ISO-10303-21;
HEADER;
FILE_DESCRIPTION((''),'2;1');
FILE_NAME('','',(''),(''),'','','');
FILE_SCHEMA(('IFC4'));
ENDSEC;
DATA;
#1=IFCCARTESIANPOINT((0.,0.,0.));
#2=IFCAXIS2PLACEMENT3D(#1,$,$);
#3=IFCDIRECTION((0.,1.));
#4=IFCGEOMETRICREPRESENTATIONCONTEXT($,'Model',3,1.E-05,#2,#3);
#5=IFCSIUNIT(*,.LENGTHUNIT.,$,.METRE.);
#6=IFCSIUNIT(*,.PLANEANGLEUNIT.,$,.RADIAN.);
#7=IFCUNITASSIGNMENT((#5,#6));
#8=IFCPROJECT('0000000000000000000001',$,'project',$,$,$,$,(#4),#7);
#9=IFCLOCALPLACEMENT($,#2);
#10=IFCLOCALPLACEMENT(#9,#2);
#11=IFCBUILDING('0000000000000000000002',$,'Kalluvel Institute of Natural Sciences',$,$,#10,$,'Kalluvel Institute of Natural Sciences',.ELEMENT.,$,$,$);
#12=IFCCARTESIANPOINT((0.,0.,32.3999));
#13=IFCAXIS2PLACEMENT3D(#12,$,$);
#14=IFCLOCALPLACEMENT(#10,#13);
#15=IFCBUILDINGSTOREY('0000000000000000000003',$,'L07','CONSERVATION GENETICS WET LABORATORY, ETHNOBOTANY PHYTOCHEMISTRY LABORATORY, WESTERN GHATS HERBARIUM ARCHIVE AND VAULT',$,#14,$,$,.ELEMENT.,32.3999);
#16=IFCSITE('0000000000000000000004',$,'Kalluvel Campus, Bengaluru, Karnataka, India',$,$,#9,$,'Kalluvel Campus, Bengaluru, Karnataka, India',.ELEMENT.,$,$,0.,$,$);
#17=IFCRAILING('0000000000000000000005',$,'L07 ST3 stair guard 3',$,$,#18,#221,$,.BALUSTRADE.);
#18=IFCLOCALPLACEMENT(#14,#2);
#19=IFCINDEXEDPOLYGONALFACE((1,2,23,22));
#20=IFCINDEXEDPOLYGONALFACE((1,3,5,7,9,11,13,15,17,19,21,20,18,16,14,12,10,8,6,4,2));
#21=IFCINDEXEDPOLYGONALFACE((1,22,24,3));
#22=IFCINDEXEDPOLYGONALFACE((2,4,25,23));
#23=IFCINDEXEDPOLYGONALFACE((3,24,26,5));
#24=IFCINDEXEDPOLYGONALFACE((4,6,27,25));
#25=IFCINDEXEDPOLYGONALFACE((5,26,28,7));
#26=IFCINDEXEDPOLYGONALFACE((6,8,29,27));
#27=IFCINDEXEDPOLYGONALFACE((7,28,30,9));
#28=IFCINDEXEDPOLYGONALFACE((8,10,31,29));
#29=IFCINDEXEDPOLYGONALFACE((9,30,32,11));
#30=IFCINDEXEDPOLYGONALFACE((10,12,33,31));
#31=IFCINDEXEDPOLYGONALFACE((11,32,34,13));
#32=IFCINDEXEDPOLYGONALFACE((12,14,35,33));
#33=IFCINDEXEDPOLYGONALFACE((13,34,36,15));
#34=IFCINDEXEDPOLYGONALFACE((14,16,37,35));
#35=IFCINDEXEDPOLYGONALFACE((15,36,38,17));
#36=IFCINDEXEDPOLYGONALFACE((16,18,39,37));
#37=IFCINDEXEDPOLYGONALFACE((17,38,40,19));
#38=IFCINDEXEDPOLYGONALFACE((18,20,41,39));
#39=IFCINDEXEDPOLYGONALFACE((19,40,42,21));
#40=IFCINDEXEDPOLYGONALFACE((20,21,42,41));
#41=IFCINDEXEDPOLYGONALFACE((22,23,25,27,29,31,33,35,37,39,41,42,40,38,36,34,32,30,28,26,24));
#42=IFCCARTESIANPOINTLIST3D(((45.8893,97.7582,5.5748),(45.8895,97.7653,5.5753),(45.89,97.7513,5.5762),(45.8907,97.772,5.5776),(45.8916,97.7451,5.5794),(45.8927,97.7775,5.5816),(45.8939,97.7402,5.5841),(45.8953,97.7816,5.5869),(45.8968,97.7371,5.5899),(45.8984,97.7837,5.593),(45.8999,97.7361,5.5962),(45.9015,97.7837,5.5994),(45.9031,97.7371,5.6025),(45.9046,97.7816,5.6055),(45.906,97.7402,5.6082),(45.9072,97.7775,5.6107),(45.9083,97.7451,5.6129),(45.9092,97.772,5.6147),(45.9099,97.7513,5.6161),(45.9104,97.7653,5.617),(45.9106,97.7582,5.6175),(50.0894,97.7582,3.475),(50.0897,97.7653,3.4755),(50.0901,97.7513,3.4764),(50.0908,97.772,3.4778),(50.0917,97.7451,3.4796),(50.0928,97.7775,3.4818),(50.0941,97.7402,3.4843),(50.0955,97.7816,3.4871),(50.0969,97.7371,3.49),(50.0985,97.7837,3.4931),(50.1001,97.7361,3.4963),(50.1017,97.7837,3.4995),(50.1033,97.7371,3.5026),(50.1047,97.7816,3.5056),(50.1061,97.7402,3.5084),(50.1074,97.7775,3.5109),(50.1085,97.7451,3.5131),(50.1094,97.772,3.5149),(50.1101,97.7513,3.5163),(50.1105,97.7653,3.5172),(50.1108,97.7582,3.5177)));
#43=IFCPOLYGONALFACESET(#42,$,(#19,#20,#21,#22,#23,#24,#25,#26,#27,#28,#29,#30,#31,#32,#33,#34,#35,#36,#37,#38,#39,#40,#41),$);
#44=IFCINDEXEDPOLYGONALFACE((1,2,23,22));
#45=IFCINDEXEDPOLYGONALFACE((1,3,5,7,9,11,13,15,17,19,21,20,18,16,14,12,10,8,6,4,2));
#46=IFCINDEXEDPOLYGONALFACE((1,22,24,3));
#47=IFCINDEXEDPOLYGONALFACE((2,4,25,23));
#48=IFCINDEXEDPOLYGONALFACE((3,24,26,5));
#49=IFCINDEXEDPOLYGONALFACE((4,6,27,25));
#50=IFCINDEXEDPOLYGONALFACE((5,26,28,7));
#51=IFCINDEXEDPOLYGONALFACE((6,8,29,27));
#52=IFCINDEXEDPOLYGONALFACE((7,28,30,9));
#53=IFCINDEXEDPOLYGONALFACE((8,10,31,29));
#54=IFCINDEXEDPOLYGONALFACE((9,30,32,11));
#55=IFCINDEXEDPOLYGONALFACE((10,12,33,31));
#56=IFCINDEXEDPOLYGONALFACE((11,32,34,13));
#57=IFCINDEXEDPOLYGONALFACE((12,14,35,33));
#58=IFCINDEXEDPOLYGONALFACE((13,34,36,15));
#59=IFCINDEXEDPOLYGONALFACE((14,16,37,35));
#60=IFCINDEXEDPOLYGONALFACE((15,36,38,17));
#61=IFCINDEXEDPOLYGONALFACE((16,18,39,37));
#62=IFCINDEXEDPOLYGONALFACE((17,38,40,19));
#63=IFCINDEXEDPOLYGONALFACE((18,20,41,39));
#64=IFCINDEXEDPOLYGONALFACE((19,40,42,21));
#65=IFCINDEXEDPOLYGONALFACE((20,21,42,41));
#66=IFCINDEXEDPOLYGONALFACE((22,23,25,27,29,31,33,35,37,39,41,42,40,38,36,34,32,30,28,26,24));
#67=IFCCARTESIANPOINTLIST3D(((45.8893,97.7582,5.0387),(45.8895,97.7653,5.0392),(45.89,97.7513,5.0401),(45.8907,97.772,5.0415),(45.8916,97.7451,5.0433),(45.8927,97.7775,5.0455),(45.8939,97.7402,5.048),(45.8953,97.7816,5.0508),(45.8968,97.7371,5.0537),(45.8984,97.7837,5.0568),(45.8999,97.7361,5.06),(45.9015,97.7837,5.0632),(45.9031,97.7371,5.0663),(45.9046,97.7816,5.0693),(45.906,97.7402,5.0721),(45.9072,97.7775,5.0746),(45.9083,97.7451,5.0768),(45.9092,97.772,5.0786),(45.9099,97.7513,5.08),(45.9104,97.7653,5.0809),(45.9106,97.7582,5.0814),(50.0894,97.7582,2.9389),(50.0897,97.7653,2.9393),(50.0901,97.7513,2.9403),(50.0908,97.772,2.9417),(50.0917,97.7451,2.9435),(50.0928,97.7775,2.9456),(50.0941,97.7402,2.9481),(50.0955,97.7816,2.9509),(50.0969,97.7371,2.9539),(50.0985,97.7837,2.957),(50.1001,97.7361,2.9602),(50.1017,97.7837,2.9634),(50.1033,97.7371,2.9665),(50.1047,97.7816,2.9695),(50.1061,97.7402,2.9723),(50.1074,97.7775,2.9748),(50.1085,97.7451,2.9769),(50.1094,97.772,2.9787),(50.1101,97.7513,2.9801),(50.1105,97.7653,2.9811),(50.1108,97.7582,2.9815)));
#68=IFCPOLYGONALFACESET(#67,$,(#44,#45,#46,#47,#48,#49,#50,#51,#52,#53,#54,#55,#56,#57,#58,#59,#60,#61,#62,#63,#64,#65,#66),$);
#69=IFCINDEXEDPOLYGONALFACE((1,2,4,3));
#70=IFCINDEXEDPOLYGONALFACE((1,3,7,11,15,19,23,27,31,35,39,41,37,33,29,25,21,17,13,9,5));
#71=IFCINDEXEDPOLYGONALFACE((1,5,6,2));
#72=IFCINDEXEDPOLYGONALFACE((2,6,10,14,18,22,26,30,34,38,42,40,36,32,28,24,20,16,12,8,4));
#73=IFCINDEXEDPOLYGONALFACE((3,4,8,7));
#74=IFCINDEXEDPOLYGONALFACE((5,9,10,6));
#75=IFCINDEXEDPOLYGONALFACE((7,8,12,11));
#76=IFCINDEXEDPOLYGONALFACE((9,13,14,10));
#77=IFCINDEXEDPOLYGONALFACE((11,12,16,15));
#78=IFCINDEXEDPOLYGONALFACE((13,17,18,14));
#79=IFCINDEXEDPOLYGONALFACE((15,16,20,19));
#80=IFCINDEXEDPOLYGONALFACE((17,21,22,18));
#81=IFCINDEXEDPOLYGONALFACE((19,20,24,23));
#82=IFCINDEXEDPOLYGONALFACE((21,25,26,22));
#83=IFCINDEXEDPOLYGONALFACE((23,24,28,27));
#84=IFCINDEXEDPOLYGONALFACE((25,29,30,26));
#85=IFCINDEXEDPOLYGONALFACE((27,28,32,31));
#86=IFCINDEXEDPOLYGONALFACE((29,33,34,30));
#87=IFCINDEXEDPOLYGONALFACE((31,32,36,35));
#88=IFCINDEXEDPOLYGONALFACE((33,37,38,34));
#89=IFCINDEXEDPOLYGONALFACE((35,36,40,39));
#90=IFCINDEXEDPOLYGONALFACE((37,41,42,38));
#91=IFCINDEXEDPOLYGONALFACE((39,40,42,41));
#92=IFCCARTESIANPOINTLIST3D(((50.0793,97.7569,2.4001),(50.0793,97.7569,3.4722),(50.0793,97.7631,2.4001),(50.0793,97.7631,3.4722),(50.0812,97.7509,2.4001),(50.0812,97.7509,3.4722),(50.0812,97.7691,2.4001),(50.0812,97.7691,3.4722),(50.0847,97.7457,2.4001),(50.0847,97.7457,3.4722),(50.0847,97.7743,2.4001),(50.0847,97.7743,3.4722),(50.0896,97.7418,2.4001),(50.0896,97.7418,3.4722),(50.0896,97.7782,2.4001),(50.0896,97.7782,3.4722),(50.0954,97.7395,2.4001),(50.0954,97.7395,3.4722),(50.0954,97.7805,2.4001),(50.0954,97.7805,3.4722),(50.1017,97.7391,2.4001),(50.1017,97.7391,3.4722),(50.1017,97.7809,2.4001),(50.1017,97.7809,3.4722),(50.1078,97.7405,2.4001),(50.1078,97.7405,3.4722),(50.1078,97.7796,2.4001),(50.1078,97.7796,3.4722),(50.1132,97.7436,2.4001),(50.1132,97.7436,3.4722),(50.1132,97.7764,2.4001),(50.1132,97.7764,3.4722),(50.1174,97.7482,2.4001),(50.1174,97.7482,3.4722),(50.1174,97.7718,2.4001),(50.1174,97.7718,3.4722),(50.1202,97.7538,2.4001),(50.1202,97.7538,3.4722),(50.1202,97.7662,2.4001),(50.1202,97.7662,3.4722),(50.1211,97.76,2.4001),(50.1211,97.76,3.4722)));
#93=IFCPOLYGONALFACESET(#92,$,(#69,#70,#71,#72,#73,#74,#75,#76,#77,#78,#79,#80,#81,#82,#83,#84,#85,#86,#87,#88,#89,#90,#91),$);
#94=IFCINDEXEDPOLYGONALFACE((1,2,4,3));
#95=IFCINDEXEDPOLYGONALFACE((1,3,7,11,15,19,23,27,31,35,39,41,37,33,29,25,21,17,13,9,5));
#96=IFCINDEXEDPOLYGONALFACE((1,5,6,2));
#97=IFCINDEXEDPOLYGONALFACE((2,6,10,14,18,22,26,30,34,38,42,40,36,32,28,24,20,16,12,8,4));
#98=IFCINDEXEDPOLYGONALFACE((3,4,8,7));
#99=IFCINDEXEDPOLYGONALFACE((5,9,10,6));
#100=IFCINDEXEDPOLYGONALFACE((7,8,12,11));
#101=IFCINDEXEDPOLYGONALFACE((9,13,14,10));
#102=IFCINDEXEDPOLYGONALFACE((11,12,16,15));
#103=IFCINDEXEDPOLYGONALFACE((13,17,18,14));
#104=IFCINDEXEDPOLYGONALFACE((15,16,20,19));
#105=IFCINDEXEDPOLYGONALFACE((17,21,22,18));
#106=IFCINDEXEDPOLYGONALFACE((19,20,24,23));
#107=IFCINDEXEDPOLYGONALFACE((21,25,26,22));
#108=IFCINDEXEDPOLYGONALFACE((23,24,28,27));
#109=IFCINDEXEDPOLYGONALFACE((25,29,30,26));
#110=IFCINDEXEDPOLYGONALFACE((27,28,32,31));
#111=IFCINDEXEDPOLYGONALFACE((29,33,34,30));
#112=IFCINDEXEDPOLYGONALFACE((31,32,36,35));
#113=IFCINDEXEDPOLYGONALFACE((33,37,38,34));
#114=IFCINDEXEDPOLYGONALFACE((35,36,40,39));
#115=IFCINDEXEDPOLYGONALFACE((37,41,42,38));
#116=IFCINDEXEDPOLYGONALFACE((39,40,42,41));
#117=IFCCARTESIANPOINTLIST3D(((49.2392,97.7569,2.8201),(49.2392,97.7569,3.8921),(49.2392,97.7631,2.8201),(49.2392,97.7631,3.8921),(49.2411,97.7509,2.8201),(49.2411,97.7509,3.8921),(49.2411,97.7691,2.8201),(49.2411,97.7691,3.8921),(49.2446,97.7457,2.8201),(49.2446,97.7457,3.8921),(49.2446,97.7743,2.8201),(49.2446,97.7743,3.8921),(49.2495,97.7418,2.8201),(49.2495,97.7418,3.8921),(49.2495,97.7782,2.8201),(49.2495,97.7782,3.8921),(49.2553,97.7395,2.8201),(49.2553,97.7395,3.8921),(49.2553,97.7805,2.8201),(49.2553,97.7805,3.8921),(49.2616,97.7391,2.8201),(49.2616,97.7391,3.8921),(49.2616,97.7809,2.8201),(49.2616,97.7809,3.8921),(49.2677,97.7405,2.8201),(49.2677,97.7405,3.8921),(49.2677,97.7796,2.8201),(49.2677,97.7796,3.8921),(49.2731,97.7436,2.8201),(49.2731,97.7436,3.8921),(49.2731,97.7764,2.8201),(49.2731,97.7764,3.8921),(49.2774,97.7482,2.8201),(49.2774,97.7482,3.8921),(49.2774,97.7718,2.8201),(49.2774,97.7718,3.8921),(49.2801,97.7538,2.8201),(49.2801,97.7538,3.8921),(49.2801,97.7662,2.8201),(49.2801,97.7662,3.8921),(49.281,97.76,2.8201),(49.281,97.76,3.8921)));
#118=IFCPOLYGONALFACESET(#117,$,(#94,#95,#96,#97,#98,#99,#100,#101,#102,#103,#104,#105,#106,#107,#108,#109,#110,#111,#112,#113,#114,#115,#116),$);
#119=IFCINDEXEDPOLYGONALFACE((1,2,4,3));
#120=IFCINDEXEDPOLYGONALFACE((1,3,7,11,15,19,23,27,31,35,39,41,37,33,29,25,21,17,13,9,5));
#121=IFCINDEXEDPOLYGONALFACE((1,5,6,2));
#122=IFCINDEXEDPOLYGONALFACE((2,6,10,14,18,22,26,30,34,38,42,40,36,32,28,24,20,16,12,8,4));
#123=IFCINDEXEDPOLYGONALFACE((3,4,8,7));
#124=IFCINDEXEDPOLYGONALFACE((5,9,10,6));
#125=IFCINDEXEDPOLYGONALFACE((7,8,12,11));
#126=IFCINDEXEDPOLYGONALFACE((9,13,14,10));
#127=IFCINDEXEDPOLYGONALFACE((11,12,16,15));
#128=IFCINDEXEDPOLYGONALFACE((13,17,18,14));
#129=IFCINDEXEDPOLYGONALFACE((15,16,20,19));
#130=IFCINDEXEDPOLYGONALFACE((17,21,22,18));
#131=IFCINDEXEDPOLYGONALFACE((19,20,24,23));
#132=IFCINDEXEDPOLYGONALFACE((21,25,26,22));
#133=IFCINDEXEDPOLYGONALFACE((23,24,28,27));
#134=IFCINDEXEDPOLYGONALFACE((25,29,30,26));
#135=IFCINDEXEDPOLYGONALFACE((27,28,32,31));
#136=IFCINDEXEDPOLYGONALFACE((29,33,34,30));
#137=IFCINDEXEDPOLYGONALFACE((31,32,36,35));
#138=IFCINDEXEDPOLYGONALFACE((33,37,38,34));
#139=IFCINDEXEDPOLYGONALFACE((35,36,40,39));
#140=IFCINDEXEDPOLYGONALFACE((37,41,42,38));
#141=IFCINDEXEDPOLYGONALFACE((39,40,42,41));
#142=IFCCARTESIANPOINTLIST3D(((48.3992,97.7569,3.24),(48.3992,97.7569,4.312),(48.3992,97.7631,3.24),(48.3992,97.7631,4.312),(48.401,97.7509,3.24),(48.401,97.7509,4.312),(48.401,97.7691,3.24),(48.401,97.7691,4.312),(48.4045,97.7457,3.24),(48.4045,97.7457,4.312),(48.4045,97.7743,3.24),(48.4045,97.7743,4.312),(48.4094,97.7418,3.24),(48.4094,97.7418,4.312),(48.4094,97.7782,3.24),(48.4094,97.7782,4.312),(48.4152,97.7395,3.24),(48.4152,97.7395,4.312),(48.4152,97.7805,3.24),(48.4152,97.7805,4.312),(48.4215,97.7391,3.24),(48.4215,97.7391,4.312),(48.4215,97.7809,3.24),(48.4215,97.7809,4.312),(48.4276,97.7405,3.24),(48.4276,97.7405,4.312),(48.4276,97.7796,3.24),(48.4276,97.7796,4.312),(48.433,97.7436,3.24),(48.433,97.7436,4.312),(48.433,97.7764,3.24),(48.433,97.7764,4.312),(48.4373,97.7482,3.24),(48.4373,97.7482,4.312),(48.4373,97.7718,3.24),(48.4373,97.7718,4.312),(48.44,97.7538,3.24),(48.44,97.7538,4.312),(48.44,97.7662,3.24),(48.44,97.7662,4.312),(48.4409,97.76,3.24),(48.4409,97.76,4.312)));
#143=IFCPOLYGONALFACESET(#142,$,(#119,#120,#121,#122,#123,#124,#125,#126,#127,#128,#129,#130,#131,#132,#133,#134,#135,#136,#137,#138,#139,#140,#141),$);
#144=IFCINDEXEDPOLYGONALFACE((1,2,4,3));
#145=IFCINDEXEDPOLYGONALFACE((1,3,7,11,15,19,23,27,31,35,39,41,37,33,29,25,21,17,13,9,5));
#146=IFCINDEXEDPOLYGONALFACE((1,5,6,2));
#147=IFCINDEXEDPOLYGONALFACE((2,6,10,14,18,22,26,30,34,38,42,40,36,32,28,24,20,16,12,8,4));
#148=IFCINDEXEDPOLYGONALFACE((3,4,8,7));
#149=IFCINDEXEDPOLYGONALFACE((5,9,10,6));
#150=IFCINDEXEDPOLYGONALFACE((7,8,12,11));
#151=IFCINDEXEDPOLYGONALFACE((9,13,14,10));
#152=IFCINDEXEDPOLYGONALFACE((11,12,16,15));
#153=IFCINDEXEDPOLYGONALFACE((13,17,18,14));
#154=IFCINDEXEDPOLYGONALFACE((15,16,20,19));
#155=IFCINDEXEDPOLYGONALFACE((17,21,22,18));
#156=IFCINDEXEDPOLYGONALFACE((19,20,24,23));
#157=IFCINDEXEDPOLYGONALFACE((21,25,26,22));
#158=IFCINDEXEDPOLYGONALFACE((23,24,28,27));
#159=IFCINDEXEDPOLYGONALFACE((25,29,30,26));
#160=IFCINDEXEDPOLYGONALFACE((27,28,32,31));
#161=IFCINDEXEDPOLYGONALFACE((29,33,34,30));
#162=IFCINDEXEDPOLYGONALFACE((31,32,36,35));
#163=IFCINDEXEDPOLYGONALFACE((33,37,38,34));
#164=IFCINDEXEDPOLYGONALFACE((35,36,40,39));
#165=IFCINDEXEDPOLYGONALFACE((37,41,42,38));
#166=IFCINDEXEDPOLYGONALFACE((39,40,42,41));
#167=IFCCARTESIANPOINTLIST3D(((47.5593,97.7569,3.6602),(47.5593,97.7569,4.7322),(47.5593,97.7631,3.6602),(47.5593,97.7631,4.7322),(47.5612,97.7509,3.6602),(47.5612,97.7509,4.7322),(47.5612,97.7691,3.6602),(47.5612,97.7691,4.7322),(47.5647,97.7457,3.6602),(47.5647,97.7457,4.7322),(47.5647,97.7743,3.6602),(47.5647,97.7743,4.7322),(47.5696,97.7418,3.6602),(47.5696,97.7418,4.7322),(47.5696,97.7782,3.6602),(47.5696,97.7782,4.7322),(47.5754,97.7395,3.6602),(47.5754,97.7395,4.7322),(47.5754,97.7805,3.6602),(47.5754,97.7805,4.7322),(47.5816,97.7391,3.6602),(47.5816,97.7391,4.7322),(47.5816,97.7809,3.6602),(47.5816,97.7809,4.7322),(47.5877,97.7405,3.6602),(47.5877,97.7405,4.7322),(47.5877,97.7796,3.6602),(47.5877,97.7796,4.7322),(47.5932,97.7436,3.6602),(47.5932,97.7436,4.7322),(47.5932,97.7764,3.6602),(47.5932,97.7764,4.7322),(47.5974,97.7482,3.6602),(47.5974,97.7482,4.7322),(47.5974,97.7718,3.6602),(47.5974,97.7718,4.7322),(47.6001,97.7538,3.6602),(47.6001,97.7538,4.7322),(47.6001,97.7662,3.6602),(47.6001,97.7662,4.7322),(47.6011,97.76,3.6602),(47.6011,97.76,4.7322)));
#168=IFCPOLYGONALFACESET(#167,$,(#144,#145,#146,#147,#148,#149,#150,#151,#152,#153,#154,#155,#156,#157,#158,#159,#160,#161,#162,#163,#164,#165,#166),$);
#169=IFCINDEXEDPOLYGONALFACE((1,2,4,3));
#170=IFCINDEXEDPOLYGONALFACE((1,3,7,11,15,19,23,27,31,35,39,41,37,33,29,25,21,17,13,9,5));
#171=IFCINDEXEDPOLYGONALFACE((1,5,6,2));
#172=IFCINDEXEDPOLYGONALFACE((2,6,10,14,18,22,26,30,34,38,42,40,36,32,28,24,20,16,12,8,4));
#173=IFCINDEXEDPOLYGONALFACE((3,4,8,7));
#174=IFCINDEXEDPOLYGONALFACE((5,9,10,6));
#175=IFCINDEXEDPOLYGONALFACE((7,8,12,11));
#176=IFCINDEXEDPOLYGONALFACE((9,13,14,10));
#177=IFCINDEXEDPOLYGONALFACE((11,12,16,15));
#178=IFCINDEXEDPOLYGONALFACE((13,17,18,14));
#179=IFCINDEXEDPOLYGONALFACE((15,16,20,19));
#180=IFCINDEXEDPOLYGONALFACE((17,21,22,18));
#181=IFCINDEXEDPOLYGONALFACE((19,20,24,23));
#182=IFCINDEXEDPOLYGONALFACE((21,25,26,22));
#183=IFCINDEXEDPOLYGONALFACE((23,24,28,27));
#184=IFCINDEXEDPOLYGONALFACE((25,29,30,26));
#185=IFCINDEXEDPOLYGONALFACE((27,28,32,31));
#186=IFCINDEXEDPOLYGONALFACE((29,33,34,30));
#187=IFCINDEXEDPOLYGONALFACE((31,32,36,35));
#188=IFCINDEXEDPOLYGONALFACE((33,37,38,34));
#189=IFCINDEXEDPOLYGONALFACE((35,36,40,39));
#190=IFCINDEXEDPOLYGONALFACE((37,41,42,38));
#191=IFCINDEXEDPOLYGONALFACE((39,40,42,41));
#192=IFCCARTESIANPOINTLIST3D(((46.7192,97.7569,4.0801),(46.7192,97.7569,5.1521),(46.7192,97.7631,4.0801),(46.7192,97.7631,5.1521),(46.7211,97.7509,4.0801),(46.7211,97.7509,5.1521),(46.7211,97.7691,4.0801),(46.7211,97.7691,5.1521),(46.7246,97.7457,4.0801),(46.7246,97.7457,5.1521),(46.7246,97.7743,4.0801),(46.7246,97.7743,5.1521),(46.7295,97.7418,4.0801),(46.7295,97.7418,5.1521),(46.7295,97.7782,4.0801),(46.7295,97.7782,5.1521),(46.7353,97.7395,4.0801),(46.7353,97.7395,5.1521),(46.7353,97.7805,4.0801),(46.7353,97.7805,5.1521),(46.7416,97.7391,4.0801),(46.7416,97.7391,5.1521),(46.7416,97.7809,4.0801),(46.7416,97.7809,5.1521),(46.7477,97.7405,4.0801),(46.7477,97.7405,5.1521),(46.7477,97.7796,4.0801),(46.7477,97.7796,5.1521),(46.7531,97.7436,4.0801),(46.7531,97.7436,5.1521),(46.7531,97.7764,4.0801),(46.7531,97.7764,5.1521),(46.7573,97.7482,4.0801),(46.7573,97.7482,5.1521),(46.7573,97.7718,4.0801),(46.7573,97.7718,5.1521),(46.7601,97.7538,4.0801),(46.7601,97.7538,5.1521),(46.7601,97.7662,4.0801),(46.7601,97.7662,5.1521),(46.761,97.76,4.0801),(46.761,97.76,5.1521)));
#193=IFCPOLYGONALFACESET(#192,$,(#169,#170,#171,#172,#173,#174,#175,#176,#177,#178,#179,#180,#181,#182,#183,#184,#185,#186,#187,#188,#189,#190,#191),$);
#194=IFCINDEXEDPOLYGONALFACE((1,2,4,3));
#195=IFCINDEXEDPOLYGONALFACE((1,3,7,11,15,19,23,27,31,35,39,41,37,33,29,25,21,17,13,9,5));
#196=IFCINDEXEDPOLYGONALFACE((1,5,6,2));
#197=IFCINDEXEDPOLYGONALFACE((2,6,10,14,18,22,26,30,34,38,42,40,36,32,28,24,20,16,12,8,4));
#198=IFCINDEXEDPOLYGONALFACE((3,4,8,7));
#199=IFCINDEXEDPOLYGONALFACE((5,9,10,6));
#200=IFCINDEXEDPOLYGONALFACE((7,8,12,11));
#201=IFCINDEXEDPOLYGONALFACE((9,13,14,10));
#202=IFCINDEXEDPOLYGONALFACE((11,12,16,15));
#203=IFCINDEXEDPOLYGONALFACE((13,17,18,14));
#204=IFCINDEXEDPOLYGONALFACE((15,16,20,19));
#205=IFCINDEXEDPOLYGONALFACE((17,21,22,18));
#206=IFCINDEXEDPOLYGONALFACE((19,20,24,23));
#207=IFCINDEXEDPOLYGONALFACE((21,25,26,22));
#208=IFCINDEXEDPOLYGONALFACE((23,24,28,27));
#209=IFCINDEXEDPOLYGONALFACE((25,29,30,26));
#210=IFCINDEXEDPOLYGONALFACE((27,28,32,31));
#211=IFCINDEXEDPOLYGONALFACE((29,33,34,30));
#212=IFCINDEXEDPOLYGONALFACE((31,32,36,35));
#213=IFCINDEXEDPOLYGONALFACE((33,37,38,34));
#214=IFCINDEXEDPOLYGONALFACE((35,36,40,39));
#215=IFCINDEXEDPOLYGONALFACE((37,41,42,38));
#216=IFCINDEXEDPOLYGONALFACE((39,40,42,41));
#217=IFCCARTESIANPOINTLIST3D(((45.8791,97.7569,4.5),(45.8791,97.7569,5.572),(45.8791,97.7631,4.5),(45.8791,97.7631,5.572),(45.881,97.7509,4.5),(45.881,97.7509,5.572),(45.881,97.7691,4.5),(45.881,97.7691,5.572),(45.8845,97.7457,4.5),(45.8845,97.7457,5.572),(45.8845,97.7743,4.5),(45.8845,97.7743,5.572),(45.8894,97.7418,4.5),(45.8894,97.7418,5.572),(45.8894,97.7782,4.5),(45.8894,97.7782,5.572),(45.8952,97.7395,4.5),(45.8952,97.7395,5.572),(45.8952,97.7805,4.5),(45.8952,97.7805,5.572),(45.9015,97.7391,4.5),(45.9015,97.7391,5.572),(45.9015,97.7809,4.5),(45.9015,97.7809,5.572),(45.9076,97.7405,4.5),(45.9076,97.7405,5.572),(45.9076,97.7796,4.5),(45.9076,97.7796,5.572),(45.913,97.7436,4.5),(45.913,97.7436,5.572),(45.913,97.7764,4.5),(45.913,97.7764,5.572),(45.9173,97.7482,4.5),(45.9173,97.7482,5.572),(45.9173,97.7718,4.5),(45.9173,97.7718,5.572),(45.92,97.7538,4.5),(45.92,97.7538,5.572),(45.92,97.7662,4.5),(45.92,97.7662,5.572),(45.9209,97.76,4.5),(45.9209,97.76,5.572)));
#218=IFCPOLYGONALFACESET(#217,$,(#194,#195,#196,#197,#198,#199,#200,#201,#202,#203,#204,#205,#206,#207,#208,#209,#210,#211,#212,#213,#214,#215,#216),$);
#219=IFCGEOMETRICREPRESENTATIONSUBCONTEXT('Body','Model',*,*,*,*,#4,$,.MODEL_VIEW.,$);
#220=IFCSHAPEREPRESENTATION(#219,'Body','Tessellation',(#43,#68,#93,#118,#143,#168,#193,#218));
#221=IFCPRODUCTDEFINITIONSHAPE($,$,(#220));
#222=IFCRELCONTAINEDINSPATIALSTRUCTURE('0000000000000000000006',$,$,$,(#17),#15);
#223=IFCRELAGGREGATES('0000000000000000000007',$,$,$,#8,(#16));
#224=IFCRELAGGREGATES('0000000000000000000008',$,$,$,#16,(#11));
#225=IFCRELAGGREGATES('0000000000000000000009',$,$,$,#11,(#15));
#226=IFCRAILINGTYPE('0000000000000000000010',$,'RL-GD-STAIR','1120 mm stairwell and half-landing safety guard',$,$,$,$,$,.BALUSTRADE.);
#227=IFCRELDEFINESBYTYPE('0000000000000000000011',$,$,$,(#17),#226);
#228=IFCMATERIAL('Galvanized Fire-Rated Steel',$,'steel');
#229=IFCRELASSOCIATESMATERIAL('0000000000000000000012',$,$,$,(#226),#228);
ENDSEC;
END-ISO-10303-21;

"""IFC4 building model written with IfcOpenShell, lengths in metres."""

from ifc_helpers import new_model, si_unit, direction, frame, origin, origin_2d, place, context, subcontext, project, spatial, circle, extrude, material, type_object, element, save


model = new_model("IFC4")

# Units and contexts
model_context = context("Model", 3, precision=1e-05, world=origin(), true_north=direction((0.0, 1.0)))
body_context = subcontext(model_context, "Body", "Model", "MODEL_VIEW")
ifc_project = project(units=[si_unit("LENGTHUNIT", "METRE"), si_unit("PLANEANGLEUNIT", "RADIAN")], contexts=[model_context])

# Site, building, storey
site_placement = place(None, origin())
site = spatial("IfcSite", under=ifc_project, at=site_placement, Name="Kalluvel Campus, Bengaluru, Karnataka, India", LongName="Kalluvel Campus, Bengaluru, Karnataka, India", CompositionType="ELEMENT", RefElevation=0.0)
building_placement = place(site_placement, origin())
building = spatial("IfcBuilding", under=site, at=building_placement, Name="Kalluvel Institute of Natural Sciences", LongName="Kalluvel Institute of Natural Sciences", CompositionType="ELEMENT")
storey_placement = place(building_placement, frame((0.0, 0.0, 32.3999)))
storey = spatial("IfcBuildingStorey", under=building, at=storey_placement, Name="L07", Description="CONSERVATION GENETICS WET LABORATORY, ETHNOBOTANY PHYTOCHEMISTRY LABORATORY, WESTERN GHATS HERBARIUM ARCHIVE AND VAULT", CompositionType="ELEMENT", Elevation=32.3999)

# Shared definitions
ifc_material_1 = material(Name="Galvanized Fire-Rated Steel", Category="steel")

# Railing
railing_type_1 = type_object("IfcRailingType", Name="RL-GD-STAIR", Description="1120 mm stairwell and half-landing safety guard", PredefinedType="BALUSTRADE", material=ifc_material_1)
railing_1_placement = place(storey_placement, frame((50.1001, 97.76, 2.4001)))
element("IfcRailing", 1, at=railing_1_placement, inside=storey, type_object=railing_type_1, Name="L07 ST3 stair guard 3", PredefinedType="BALUSTRADE", context=body_context, shape_type="SweptSolid", body=[
    extrude(circle(Radius=0.0239, at=origin_2d()), frame((0.0, 0.0, 1.0962), z_axis=(-0.894448, 0.0, 0.447172), x_axis=(0.0, -1.0, 0.0)), (0.0, 0.0, 1.0), 4.6958),
    extrude(circle(Radius=0.0239, at=origin_2d()), frame((0.0, 0.0, 0.5601), z_axis=(-0.894448, 0.0, 0.447172), x_axis=(0.0, -1.0, 0.0)), (0.0, 0.0, 1.0), 4.6958),
    extrude(circle(Radius=0.021, at=origin_2d()), origin(), (0.0, 0.0, 1.0), 1.072),
    extrude(circle(Radius=0.021, at=origin_2d()), frame((-0.8401, 0.0, 0.4199)), (0.0, 0.0, 1.0), 1.072),
    extrude(circle(Radius=0.021, at=origin_2d()), frame((-1.6802, 0.0, 0.8398)), (0.0, 0.0, 1.0), 1.072),
    extrude(circle(Radius=0.021, at=origin_2d()), frame((-2.52, 0.0, 1.26)), (0.0, 0.0, 1.0), 1.072),
    extrude(circle(Radius=0.021, at=origin_2d()), frame((-3.3601, 0.0, 1.6799)), (0.0, 0.0, 1.0), 1.072),
    extrude(circle(Radius=0.021, at=origin_2d()), frame((-4.2002, 0.0, 2.0999)), (0.0, 0.0, 1.0), 1.072),
])

save(model, "model.ifc")
